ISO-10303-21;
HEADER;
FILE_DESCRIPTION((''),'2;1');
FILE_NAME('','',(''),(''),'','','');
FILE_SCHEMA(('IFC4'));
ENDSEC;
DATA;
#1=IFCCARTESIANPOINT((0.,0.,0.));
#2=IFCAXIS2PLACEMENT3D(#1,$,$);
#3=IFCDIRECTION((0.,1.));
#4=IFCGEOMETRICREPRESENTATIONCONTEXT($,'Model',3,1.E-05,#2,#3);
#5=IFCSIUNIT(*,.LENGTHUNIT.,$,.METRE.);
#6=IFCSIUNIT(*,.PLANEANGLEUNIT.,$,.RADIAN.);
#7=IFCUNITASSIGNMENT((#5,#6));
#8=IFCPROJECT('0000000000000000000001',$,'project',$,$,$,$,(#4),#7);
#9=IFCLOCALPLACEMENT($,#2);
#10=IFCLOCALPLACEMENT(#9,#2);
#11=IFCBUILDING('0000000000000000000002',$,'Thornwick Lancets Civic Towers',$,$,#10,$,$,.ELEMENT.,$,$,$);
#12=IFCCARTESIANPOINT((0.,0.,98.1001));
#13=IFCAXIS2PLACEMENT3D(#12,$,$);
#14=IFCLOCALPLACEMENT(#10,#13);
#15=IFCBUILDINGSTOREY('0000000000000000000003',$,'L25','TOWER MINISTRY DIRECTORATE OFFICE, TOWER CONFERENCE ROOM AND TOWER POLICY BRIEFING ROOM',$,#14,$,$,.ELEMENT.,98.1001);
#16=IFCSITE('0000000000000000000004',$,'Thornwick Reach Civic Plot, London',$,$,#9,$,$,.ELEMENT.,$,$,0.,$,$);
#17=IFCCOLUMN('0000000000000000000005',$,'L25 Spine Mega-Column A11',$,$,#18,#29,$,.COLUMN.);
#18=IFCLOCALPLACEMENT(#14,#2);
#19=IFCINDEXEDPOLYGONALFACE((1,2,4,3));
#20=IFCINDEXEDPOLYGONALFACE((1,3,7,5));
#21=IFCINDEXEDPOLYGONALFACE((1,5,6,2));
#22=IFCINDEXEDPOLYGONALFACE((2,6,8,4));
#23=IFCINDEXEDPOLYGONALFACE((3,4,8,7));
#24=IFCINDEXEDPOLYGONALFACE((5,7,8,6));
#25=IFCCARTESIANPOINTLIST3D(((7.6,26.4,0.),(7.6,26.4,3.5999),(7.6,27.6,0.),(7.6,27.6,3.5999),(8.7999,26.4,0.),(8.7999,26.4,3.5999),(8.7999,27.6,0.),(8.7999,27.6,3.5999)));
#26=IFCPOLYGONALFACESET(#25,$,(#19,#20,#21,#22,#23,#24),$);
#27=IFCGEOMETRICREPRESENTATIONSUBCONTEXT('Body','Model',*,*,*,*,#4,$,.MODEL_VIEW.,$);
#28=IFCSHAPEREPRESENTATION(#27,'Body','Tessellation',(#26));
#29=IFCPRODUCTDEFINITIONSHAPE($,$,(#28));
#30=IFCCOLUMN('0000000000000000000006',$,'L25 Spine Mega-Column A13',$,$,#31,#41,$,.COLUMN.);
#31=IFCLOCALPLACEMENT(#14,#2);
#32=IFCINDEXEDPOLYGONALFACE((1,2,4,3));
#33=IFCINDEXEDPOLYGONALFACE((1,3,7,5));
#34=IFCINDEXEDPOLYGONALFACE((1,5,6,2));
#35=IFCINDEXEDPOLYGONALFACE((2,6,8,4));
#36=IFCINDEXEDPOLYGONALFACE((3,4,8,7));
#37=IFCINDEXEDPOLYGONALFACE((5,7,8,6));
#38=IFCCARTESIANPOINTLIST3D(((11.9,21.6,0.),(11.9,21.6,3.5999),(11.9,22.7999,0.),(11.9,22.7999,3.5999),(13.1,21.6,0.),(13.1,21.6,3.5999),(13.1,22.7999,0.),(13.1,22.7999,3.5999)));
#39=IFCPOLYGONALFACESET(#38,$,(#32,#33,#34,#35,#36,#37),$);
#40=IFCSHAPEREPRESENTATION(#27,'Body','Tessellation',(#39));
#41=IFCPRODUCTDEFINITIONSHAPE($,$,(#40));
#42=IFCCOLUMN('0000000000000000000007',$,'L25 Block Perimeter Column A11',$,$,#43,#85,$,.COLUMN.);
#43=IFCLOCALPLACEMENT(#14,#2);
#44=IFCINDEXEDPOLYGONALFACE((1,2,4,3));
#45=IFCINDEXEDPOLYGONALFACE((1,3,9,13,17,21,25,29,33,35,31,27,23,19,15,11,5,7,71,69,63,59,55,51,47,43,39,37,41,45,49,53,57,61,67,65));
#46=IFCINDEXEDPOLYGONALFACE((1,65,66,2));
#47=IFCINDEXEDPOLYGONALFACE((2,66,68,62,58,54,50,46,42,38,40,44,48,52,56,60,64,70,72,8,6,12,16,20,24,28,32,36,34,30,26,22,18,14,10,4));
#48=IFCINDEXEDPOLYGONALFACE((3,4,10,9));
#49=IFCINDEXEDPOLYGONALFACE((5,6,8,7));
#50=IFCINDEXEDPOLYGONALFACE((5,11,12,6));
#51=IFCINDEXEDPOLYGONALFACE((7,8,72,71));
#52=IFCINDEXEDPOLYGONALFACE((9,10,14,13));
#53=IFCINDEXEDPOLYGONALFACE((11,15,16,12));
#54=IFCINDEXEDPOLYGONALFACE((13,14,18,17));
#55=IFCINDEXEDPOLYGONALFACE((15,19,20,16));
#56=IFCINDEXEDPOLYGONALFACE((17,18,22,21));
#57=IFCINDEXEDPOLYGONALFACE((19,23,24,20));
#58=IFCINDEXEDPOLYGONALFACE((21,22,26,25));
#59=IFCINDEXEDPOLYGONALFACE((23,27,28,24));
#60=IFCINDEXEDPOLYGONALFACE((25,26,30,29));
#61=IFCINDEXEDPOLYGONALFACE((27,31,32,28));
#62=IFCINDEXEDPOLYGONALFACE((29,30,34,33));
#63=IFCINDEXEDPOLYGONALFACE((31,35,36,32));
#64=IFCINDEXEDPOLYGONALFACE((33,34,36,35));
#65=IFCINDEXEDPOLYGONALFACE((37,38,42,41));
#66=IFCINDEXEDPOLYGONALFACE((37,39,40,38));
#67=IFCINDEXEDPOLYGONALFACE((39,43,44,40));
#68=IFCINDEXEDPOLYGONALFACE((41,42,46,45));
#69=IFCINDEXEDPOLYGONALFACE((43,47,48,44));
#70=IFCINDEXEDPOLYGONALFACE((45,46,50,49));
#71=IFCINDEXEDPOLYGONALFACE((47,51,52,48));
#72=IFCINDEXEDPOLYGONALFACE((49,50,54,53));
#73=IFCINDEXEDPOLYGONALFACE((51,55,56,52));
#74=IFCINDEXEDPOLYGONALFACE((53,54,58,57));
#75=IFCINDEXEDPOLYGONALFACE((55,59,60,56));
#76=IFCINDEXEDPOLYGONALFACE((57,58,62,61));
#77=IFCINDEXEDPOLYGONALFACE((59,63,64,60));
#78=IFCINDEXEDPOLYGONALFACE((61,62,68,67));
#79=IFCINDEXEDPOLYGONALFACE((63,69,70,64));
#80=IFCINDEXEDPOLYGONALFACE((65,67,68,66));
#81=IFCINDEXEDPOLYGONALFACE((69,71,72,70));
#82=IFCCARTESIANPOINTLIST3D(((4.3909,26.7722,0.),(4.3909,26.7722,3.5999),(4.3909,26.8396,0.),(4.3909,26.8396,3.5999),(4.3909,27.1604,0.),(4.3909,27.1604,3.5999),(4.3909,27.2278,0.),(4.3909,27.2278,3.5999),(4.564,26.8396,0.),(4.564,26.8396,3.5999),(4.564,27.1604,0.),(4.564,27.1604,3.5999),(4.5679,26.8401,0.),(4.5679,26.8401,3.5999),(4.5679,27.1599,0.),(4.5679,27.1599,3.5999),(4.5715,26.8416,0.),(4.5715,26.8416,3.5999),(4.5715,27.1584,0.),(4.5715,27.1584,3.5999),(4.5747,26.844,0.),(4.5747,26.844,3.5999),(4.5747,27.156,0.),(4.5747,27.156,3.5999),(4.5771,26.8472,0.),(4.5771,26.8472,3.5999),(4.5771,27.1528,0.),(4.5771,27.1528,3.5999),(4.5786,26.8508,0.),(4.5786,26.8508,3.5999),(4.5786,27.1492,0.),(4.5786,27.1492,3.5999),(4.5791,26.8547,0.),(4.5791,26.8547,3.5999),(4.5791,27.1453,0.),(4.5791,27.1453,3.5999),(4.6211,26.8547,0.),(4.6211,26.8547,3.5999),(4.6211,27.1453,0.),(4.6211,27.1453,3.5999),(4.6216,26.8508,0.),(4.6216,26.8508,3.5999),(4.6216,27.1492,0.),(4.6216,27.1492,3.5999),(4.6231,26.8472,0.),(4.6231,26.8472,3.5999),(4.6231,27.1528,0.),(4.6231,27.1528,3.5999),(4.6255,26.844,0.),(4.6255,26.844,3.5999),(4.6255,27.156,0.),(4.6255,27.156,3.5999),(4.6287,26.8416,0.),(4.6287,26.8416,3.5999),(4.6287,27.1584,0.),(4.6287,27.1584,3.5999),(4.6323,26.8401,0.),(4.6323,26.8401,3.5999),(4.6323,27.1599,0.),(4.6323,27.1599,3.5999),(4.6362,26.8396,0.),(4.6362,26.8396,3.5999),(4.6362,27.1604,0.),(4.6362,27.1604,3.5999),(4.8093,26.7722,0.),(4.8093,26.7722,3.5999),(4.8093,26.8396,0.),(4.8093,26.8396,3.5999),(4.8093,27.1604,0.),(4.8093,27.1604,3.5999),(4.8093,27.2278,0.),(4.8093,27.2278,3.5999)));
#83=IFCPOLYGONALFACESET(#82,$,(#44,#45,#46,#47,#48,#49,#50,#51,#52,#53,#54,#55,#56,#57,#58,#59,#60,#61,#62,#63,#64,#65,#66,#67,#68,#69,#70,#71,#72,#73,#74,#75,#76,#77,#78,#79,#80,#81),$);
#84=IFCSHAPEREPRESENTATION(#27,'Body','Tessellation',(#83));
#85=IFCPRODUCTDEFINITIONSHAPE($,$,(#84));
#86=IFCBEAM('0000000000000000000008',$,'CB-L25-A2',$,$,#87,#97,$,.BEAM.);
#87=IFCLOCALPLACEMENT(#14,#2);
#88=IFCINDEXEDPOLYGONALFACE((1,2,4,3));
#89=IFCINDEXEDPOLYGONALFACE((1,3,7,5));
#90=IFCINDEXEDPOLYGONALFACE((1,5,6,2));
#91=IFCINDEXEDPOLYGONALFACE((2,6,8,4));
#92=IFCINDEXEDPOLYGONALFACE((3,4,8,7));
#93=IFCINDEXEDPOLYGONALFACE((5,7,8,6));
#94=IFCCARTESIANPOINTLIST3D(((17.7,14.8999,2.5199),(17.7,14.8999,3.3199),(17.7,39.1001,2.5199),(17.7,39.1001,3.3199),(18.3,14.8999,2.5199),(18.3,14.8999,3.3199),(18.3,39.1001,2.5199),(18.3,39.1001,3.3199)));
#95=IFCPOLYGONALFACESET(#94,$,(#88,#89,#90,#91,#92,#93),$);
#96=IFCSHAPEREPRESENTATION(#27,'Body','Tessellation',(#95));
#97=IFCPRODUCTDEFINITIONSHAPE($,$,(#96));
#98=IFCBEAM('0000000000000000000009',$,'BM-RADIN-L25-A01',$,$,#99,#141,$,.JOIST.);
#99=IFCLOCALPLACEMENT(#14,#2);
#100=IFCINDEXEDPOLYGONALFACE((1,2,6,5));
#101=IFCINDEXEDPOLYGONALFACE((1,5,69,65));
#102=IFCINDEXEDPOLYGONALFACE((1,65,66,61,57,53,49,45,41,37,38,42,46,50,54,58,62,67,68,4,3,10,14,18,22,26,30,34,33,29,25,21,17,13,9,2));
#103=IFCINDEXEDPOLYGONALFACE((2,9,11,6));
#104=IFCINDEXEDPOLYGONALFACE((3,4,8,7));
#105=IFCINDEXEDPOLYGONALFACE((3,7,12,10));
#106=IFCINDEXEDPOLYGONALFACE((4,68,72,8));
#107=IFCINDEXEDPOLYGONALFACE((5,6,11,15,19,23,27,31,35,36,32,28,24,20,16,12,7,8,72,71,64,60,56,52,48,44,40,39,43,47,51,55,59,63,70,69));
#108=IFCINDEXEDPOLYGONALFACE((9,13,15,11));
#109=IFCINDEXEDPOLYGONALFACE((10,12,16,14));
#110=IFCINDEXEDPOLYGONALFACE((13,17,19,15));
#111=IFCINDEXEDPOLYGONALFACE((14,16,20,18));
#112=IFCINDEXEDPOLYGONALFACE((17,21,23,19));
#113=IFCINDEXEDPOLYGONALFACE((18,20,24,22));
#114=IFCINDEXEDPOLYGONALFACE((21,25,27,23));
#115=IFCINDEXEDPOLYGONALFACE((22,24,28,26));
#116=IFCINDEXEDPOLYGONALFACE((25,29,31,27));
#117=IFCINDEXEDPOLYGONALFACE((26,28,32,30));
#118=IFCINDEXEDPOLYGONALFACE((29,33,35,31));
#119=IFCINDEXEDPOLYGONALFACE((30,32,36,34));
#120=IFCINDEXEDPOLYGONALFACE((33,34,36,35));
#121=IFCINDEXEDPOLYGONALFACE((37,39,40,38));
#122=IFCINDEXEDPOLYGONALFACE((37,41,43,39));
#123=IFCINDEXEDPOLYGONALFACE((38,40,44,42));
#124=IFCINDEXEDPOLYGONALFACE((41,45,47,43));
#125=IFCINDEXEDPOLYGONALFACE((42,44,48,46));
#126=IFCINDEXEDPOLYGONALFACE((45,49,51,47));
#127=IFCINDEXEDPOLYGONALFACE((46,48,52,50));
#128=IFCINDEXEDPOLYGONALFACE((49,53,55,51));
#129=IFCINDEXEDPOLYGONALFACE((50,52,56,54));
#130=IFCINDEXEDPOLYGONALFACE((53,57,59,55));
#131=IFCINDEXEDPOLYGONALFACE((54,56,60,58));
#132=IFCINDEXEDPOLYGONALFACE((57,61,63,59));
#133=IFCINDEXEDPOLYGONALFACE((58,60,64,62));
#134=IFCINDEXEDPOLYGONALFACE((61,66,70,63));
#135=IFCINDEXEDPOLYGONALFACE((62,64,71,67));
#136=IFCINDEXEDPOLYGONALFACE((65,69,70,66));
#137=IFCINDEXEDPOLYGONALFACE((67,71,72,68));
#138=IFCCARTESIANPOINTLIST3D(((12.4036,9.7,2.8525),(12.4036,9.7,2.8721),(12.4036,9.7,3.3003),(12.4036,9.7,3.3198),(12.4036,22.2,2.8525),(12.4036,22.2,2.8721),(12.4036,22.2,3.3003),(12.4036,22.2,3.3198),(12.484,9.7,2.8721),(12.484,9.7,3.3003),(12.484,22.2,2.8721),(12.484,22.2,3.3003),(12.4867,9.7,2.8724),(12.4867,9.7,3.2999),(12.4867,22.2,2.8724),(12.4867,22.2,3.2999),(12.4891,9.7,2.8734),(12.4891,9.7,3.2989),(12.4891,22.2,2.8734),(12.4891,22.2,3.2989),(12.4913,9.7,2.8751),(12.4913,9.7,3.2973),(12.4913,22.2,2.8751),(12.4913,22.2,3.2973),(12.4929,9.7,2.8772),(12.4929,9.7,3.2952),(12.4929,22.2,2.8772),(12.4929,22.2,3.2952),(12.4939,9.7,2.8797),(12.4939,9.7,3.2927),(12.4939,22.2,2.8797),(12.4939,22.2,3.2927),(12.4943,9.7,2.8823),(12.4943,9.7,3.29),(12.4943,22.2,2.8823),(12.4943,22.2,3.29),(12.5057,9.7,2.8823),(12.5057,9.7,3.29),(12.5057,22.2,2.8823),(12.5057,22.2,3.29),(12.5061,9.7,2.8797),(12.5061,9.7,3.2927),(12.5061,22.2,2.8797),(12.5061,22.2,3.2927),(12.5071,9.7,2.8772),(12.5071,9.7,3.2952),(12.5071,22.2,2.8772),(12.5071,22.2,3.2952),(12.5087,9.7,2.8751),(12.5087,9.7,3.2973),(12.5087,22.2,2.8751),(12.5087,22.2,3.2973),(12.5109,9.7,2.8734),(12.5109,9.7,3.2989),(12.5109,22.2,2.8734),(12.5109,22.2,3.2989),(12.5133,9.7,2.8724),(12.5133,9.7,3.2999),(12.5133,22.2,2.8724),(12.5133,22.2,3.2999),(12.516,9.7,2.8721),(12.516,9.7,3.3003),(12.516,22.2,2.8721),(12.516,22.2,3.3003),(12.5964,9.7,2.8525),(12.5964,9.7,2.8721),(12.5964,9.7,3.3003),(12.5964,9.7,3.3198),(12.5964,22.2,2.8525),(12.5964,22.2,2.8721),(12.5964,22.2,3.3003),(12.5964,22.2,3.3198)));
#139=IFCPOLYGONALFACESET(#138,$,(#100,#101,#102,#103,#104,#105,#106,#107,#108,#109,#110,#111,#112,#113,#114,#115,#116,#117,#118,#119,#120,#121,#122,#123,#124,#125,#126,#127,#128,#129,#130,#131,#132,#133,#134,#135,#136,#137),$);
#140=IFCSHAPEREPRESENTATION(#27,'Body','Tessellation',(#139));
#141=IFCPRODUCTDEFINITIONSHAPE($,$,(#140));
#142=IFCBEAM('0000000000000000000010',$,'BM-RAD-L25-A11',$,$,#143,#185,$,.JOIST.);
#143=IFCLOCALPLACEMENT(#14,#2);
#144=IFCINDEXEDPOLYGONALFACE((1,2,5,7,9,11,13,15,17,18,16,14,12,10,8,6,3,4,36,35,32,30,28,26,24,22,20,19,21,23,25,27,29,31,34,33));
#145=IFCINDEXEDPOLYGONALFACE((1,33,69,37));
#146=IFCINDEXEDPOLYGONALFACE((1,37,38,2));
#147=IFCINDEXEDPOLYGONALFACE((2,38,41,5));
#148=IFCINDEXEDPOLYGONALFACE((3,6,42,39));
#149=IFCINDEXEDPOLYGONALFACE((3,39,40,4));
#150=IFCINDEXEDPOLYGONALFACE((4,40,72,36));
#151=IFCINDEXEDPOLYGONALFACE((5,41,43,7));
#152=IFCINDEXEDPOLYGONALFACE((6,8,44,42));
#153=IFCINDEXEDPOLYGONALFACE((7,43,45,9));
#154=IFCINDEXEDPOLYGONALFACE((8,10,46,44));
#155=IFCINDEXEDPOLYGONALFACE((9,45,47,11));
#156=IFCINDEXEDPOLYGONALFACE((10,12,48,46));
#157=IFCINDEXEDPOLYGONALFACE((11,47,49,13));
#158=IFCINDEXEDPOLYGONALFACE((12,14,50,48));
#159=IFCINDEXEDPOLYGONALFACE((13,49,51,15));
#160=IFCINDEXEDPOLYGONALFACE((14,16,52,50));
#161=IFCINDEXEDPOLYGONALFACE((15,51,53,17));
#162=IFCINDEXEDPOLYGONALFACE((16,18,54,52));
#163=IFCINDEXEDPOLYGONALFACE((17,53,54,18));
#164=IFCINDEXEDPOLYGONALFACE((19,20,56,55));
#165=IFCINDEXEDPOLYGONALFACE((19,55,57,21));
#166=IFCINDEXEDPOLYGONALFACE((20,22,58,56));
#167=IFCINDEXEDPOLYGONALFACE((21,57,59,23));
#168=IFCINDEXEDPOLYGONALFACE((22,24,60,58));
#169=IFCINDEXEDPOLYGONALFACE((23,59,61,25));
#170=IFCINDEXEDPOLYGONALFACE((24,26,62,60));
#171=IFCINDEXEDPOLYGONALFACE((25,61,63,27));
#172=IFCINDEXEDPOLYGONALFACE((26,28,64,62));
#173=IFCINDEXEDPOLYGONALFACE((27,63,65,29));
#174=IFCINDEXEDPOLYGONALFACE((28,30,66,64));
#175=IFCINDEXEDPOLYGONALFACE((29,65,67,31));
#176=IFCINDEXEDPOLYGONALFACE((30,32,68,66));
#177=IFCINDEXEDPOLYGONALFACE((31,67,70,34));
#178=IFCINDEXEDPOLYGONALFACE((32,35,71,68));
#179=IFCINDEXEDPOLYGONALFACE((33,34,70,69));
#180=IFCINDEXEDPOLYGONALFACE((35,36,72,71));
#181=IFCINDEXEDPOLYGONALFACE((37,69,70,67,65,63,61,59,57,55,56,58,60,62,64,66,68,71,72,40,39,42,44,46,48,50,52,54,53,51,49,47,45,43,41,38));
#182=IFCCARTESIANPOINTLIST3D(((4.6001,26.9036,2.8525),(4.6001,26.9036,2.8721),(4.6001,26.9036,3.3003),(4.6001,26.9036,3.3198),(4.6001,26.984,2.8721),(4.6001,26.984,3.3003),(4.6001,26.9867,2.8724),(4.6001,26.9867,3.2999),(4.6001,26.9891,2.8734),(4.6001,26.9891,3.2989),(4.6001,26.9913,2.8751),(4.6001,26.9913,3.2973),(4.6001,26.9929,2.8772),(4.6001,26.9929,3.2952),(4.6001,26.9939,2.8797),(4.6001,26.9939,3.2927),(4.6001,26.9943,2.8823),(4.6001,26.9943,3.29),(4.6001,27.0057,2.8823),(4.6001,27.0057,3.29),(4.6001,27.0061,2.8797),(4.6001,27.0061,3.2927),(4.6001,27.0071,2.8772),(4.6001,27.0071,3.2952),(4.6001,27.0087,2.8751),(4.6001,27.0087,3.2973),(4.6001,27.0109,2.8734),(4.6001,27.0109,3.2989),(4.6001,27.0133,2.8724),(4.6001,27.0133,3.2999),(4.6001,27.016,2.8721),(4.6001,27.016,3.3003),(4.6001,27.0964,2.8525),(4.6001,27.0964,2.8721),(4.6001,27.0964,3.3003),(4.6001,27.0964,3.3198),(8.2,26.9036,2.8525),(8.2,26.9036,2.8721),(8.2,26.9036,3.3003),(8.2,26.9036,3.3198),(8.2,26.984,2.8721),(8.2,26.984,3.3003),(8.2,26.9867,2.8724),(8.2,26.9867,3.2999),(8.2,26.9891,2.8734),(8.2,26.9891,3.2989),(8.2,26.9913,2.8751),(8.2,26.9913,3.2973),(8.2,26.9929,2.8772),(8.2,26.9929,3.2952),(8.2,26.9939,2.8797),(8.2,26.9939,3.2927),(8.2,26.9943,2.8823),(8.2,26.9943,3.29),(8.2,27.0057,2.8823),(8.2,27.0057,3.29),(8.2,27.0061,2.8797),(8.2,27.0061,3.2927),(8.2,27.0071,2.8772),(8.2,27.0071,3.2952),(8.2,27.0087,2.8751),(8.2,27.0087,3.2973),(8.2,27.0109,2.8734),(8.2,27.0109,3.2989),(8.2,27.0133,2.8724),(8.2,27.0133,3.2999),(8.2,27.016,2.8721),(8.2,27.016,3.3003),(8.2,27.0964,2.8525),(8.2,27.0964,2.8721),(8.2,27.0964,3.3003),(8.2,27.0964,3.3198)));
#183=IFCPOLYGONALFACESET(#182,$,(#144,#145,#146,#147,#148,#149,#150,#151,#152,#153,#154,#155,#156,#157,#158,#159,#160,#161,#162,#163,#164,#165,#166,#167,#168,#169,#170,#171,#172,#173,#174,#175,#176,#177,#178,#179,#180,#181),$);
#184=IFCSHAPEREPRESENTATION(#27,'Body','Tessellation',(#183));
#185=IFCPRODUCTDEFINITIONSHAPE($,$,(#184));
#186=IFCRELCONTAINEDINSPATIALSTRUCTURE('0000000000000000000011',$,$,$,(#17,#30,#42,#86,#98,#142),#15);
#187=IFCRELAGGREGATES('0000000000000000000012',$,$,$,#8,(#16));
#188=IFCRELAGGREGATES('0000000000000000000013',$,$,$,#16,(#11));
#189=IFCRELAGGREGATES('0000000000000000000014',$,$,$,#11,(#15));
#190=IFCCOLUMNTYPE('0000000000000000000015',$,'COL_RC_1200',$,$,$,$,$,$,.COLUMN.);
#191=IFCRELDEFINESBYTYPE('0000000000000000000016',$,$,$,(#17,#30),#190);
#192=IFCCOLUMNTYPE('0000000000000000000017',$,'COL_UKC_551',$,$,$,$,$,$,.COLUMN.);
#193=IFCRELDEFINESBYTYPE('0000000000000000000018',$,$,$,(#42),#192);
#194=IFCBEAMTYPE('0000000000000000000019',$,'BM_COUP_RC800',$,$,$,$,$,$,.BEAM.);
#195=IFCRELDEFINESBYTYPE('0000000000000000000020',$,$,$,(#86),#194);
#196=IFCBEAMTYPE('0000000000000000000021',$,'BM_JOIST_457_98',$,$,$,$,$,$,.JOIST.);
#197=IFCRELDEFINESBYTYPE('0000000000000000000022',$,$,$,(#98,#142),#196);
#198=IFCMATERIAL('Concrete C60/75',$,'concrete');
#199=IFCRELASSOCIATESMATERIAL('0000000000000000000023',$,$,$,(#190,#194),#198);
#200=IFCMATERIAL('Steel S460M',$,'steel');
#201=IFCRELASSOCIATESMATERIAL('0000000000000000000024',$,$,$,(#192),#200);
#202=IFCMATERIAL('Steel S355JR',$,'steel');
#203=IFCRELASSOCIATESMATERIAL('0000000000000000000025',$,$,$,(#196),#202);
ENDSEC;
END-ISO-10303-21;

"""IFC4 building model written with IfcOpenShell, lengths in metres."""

from ifc_helpers import new_model, si_unit, direction, frame, origin, origin_2d, place, context, subcontext, project, spatial, rectangle, i_section, extrude, material, material_profile, profile_set, type_object, element, save


model = new_model("IFC4")

# Units and contexts
model_context = context("Model", 3, precision=1e-05, world=origin(), true_north=direction((0.0, 1.0)))
body_context = subcontext(model_context, "Body", "Model", "MODEL_VIEW")
ifc_project = project(units=[si_unit("LENGTHUNIT", "METRE"), si_unit("PLANEANGLEUNIT", "RADIAN")], contexts=[model_context])

# Site, building, storey
site_placement = place(None, origin())
site = spatial("IfcSite", under=ifc_project, at=site_placement, Name="Thornwick Reach Civic Plot, London", CompositionType="ELEMENT", RefElevation=0.0)
building_placement = place(site_placement, origin())
building = spatial("IfcBuilding", under=site, at=building_placement, Name="Thornwick Lancets Civic Towers", CompositionType="ELEMENT")
storey_placement = place(building_placement, frame((0.0, 0.0, 98.1001)))
storey = spatial("IfcBuildingStorey", under=building, at=storey_placement, Name="L25", Description="TOWER MINISTRY DIRECTORATE OFFICE, TOWER CONFERENCE ROOM AND TOWER POLICY BRIEFING ROOM", CompositionType="ELEMENT", Elevation=98.1001)

# Columns
ifc_material_1 = material(Name="Concrete C60/75", Category="concrete")
ifc_material_profile_1 = material_profile(ifc_material_1, rectangle(XDim=1.2, YDim=1.2, at=origin_2d()), Name="RC 1200x1200")
ifc_profile_set_1 = profile_set([ifc_material_profile_1], Name="Concrete C60/75")
column_type_1 = type_object("IfcColumnType", Name="COL_RC_1200", PredefinedType="COLUMN", material=ifc_profile_set_1)
for number, where, z_axis, x_axis, name in (
    (1, (8.2, 27.0, 0.0), (0.0, 0.0, 1.0), (1.0, 0.0, 0.0), "L25 Spine Mega-Column A11"),
    (2, (12.5, 22.2, 0.0), (0.0, 0.0, 1.0), (1.0, 0.0, 0.0), "L25 Spine Mega-Column A13"),
):
    element("IfcColumn", number, at=place(storey_placement, frame(where, z_axis=z_axis, x_axis=x_axis)), inside=storey, type_object=column_type_1, Name=name, PredefinedType="COLUMN", context=body_context, shape_type="SweptSolid", body=[
        extrude(rectangle(XDim=1.2, YDim=1.2, at=origin_2d()), origin(), (0.0, 0.0, 1.0), 3.5999),
    ])
ifc_material_2 = material(Name="Steel S460M", Category="steel")
ifc_material_profile_2 = material_profile(ifc_material_2, i_section(OverallWidth=0.4185, OverallDepth=0.4556, WebThickness=0.042, FlangeThickness=0.0674, FilletRadius=0.0151, at=origin_2d()), Name="UKC 356x406x551")
ifc_profile_set_2 = profile_set([ifc_material_profile_2], Name="Steel S460M")
column_type_2 = type_object("IfcColumnType", Name="COL_UKC_551", PredefinedType="COLUMN", material=ifc_profile_set_2)
column_placement = place(storey_placement, frame((4.6001, 27.0, 0.0), z_axis=(0.0, 0.0, 1.0), x_axis=(1.0, 0.0, 0.0)))
element("IfcColumn", 3, at=column_placement, inside=storey, type_object=column_type_2, Name="L25 Block Perimeter Column A11", PredefinedType="COLUMN", context=body_context, shape_type="SweptSolid", body=[
    extrude(i_section(OverallWidth=0.4185, OverallDepth=0.4556, WebThickness=0.042, FlangeThickness=0.0674, FilletRadius=0.0151, at=origin_2d()), origin(), (0.0, 0.0, 1.0), 3.5999),
])

# Beams
ifc_material_profile_3 = material_profile(ifc_material_1, rectangle(XDim=0.6001, YDim=0.8, at=origin_2d()), Name="RC 600x800")
ifc_profile_set_3 = profile_set([ifc_material_profile_3], Name="Concrete C60/75")
beam_type_1 = type_object("IfcBeamType", Name="BM_COUP_RC800", PredefinedType="BEAM", material=ifc_profile_set_3)
beam_1_placement = place(storey_placement, frame((18.0, 14.8999, 2.9199), z_axis=(0.0, 1.0, 0.0), x_axis=(-1.0, 0.0, 0.0)))
element("IfcBeam", 4, at=beam_1_placement, inside=storey, type_object=beam_type_1, Name="CB-L25-A2", PredefinedType="BEAM", context=body_context, shape_type="SweptSolid", body=[
    extrude(rectangle(XDim=0.6001, YDim=0.8, at=origin_2d()), origin(), (0.0, 0.0, 1.0), 24.2002),
])
ifc_material_3 = material(Name="Steel S355JR", Category="steel")
ifc_material_profile_4 = material_profile(ifc_material_3, i_section(OverallWidth=0.1929, OverallDepth=0.4673, WebThickness=0.0115, FlangeThickness=0.0195, FilletRadius=0.0103, at=origin_2d()), Name="UKB 457x191x98")
ifc_profile_set_4 = profile_set([ifc_material_profile_4], Name="Steel S355JR")
beam_type_2 = type_object("IfcBeamType", Name="BM_JOIST_457_98", PredefinedType="JOIST", material=ifc_profile_set_4)
beam_2_placement = place(storey_placement, frame((12.5, 22.2, 3.0862), z_axis=(0.0, -1.0, 0.0), x_axis=(1.0, 0.0, 0.0)))
element("IfcBeam", 5, at=beam_2_placement, inside=storey, type_object=beam_type_2, Name="BM-RADIN-L25-A01", PredefinedType="JOIST", context=body_context, shape_type="SweptSolid", body=[
    extrude(i_section(OverallWidth=0.1929, OverallDepth=0.4673, WebThickness=0.0115, FlangeThickness=0.0195, FilletRadius=0.0103, at=origin_2d()), origin(), (0.0, 0.0, 1.0), 12.5),
])
beam_3_placement = place(storey_placement, frame((8.2, 27.0, 3.0862), z_axis=(-1.0, 0.0, 0.0), x_axis=(0.0, -1.0, 0.0)))
element("IfcBeam", 6, at=beam_3_placement, inside=storey, type_object=beam_type_2, Name="BM-RAD-L25-A11", PredefinedType="JOIST", context=body_context, shape_type="SweptSolid", body=[
    extrude(i_section(OverallWidth=0.1929, OverallDepth=0.4673, WebThickness=0.0115, FlangeThickness=0.0195, FilletRadius=0.0103, at=origin_2d()), origin(), (0.0, 0.0, 1.0), 3.5999),
])

save(model, "model.ifc")
